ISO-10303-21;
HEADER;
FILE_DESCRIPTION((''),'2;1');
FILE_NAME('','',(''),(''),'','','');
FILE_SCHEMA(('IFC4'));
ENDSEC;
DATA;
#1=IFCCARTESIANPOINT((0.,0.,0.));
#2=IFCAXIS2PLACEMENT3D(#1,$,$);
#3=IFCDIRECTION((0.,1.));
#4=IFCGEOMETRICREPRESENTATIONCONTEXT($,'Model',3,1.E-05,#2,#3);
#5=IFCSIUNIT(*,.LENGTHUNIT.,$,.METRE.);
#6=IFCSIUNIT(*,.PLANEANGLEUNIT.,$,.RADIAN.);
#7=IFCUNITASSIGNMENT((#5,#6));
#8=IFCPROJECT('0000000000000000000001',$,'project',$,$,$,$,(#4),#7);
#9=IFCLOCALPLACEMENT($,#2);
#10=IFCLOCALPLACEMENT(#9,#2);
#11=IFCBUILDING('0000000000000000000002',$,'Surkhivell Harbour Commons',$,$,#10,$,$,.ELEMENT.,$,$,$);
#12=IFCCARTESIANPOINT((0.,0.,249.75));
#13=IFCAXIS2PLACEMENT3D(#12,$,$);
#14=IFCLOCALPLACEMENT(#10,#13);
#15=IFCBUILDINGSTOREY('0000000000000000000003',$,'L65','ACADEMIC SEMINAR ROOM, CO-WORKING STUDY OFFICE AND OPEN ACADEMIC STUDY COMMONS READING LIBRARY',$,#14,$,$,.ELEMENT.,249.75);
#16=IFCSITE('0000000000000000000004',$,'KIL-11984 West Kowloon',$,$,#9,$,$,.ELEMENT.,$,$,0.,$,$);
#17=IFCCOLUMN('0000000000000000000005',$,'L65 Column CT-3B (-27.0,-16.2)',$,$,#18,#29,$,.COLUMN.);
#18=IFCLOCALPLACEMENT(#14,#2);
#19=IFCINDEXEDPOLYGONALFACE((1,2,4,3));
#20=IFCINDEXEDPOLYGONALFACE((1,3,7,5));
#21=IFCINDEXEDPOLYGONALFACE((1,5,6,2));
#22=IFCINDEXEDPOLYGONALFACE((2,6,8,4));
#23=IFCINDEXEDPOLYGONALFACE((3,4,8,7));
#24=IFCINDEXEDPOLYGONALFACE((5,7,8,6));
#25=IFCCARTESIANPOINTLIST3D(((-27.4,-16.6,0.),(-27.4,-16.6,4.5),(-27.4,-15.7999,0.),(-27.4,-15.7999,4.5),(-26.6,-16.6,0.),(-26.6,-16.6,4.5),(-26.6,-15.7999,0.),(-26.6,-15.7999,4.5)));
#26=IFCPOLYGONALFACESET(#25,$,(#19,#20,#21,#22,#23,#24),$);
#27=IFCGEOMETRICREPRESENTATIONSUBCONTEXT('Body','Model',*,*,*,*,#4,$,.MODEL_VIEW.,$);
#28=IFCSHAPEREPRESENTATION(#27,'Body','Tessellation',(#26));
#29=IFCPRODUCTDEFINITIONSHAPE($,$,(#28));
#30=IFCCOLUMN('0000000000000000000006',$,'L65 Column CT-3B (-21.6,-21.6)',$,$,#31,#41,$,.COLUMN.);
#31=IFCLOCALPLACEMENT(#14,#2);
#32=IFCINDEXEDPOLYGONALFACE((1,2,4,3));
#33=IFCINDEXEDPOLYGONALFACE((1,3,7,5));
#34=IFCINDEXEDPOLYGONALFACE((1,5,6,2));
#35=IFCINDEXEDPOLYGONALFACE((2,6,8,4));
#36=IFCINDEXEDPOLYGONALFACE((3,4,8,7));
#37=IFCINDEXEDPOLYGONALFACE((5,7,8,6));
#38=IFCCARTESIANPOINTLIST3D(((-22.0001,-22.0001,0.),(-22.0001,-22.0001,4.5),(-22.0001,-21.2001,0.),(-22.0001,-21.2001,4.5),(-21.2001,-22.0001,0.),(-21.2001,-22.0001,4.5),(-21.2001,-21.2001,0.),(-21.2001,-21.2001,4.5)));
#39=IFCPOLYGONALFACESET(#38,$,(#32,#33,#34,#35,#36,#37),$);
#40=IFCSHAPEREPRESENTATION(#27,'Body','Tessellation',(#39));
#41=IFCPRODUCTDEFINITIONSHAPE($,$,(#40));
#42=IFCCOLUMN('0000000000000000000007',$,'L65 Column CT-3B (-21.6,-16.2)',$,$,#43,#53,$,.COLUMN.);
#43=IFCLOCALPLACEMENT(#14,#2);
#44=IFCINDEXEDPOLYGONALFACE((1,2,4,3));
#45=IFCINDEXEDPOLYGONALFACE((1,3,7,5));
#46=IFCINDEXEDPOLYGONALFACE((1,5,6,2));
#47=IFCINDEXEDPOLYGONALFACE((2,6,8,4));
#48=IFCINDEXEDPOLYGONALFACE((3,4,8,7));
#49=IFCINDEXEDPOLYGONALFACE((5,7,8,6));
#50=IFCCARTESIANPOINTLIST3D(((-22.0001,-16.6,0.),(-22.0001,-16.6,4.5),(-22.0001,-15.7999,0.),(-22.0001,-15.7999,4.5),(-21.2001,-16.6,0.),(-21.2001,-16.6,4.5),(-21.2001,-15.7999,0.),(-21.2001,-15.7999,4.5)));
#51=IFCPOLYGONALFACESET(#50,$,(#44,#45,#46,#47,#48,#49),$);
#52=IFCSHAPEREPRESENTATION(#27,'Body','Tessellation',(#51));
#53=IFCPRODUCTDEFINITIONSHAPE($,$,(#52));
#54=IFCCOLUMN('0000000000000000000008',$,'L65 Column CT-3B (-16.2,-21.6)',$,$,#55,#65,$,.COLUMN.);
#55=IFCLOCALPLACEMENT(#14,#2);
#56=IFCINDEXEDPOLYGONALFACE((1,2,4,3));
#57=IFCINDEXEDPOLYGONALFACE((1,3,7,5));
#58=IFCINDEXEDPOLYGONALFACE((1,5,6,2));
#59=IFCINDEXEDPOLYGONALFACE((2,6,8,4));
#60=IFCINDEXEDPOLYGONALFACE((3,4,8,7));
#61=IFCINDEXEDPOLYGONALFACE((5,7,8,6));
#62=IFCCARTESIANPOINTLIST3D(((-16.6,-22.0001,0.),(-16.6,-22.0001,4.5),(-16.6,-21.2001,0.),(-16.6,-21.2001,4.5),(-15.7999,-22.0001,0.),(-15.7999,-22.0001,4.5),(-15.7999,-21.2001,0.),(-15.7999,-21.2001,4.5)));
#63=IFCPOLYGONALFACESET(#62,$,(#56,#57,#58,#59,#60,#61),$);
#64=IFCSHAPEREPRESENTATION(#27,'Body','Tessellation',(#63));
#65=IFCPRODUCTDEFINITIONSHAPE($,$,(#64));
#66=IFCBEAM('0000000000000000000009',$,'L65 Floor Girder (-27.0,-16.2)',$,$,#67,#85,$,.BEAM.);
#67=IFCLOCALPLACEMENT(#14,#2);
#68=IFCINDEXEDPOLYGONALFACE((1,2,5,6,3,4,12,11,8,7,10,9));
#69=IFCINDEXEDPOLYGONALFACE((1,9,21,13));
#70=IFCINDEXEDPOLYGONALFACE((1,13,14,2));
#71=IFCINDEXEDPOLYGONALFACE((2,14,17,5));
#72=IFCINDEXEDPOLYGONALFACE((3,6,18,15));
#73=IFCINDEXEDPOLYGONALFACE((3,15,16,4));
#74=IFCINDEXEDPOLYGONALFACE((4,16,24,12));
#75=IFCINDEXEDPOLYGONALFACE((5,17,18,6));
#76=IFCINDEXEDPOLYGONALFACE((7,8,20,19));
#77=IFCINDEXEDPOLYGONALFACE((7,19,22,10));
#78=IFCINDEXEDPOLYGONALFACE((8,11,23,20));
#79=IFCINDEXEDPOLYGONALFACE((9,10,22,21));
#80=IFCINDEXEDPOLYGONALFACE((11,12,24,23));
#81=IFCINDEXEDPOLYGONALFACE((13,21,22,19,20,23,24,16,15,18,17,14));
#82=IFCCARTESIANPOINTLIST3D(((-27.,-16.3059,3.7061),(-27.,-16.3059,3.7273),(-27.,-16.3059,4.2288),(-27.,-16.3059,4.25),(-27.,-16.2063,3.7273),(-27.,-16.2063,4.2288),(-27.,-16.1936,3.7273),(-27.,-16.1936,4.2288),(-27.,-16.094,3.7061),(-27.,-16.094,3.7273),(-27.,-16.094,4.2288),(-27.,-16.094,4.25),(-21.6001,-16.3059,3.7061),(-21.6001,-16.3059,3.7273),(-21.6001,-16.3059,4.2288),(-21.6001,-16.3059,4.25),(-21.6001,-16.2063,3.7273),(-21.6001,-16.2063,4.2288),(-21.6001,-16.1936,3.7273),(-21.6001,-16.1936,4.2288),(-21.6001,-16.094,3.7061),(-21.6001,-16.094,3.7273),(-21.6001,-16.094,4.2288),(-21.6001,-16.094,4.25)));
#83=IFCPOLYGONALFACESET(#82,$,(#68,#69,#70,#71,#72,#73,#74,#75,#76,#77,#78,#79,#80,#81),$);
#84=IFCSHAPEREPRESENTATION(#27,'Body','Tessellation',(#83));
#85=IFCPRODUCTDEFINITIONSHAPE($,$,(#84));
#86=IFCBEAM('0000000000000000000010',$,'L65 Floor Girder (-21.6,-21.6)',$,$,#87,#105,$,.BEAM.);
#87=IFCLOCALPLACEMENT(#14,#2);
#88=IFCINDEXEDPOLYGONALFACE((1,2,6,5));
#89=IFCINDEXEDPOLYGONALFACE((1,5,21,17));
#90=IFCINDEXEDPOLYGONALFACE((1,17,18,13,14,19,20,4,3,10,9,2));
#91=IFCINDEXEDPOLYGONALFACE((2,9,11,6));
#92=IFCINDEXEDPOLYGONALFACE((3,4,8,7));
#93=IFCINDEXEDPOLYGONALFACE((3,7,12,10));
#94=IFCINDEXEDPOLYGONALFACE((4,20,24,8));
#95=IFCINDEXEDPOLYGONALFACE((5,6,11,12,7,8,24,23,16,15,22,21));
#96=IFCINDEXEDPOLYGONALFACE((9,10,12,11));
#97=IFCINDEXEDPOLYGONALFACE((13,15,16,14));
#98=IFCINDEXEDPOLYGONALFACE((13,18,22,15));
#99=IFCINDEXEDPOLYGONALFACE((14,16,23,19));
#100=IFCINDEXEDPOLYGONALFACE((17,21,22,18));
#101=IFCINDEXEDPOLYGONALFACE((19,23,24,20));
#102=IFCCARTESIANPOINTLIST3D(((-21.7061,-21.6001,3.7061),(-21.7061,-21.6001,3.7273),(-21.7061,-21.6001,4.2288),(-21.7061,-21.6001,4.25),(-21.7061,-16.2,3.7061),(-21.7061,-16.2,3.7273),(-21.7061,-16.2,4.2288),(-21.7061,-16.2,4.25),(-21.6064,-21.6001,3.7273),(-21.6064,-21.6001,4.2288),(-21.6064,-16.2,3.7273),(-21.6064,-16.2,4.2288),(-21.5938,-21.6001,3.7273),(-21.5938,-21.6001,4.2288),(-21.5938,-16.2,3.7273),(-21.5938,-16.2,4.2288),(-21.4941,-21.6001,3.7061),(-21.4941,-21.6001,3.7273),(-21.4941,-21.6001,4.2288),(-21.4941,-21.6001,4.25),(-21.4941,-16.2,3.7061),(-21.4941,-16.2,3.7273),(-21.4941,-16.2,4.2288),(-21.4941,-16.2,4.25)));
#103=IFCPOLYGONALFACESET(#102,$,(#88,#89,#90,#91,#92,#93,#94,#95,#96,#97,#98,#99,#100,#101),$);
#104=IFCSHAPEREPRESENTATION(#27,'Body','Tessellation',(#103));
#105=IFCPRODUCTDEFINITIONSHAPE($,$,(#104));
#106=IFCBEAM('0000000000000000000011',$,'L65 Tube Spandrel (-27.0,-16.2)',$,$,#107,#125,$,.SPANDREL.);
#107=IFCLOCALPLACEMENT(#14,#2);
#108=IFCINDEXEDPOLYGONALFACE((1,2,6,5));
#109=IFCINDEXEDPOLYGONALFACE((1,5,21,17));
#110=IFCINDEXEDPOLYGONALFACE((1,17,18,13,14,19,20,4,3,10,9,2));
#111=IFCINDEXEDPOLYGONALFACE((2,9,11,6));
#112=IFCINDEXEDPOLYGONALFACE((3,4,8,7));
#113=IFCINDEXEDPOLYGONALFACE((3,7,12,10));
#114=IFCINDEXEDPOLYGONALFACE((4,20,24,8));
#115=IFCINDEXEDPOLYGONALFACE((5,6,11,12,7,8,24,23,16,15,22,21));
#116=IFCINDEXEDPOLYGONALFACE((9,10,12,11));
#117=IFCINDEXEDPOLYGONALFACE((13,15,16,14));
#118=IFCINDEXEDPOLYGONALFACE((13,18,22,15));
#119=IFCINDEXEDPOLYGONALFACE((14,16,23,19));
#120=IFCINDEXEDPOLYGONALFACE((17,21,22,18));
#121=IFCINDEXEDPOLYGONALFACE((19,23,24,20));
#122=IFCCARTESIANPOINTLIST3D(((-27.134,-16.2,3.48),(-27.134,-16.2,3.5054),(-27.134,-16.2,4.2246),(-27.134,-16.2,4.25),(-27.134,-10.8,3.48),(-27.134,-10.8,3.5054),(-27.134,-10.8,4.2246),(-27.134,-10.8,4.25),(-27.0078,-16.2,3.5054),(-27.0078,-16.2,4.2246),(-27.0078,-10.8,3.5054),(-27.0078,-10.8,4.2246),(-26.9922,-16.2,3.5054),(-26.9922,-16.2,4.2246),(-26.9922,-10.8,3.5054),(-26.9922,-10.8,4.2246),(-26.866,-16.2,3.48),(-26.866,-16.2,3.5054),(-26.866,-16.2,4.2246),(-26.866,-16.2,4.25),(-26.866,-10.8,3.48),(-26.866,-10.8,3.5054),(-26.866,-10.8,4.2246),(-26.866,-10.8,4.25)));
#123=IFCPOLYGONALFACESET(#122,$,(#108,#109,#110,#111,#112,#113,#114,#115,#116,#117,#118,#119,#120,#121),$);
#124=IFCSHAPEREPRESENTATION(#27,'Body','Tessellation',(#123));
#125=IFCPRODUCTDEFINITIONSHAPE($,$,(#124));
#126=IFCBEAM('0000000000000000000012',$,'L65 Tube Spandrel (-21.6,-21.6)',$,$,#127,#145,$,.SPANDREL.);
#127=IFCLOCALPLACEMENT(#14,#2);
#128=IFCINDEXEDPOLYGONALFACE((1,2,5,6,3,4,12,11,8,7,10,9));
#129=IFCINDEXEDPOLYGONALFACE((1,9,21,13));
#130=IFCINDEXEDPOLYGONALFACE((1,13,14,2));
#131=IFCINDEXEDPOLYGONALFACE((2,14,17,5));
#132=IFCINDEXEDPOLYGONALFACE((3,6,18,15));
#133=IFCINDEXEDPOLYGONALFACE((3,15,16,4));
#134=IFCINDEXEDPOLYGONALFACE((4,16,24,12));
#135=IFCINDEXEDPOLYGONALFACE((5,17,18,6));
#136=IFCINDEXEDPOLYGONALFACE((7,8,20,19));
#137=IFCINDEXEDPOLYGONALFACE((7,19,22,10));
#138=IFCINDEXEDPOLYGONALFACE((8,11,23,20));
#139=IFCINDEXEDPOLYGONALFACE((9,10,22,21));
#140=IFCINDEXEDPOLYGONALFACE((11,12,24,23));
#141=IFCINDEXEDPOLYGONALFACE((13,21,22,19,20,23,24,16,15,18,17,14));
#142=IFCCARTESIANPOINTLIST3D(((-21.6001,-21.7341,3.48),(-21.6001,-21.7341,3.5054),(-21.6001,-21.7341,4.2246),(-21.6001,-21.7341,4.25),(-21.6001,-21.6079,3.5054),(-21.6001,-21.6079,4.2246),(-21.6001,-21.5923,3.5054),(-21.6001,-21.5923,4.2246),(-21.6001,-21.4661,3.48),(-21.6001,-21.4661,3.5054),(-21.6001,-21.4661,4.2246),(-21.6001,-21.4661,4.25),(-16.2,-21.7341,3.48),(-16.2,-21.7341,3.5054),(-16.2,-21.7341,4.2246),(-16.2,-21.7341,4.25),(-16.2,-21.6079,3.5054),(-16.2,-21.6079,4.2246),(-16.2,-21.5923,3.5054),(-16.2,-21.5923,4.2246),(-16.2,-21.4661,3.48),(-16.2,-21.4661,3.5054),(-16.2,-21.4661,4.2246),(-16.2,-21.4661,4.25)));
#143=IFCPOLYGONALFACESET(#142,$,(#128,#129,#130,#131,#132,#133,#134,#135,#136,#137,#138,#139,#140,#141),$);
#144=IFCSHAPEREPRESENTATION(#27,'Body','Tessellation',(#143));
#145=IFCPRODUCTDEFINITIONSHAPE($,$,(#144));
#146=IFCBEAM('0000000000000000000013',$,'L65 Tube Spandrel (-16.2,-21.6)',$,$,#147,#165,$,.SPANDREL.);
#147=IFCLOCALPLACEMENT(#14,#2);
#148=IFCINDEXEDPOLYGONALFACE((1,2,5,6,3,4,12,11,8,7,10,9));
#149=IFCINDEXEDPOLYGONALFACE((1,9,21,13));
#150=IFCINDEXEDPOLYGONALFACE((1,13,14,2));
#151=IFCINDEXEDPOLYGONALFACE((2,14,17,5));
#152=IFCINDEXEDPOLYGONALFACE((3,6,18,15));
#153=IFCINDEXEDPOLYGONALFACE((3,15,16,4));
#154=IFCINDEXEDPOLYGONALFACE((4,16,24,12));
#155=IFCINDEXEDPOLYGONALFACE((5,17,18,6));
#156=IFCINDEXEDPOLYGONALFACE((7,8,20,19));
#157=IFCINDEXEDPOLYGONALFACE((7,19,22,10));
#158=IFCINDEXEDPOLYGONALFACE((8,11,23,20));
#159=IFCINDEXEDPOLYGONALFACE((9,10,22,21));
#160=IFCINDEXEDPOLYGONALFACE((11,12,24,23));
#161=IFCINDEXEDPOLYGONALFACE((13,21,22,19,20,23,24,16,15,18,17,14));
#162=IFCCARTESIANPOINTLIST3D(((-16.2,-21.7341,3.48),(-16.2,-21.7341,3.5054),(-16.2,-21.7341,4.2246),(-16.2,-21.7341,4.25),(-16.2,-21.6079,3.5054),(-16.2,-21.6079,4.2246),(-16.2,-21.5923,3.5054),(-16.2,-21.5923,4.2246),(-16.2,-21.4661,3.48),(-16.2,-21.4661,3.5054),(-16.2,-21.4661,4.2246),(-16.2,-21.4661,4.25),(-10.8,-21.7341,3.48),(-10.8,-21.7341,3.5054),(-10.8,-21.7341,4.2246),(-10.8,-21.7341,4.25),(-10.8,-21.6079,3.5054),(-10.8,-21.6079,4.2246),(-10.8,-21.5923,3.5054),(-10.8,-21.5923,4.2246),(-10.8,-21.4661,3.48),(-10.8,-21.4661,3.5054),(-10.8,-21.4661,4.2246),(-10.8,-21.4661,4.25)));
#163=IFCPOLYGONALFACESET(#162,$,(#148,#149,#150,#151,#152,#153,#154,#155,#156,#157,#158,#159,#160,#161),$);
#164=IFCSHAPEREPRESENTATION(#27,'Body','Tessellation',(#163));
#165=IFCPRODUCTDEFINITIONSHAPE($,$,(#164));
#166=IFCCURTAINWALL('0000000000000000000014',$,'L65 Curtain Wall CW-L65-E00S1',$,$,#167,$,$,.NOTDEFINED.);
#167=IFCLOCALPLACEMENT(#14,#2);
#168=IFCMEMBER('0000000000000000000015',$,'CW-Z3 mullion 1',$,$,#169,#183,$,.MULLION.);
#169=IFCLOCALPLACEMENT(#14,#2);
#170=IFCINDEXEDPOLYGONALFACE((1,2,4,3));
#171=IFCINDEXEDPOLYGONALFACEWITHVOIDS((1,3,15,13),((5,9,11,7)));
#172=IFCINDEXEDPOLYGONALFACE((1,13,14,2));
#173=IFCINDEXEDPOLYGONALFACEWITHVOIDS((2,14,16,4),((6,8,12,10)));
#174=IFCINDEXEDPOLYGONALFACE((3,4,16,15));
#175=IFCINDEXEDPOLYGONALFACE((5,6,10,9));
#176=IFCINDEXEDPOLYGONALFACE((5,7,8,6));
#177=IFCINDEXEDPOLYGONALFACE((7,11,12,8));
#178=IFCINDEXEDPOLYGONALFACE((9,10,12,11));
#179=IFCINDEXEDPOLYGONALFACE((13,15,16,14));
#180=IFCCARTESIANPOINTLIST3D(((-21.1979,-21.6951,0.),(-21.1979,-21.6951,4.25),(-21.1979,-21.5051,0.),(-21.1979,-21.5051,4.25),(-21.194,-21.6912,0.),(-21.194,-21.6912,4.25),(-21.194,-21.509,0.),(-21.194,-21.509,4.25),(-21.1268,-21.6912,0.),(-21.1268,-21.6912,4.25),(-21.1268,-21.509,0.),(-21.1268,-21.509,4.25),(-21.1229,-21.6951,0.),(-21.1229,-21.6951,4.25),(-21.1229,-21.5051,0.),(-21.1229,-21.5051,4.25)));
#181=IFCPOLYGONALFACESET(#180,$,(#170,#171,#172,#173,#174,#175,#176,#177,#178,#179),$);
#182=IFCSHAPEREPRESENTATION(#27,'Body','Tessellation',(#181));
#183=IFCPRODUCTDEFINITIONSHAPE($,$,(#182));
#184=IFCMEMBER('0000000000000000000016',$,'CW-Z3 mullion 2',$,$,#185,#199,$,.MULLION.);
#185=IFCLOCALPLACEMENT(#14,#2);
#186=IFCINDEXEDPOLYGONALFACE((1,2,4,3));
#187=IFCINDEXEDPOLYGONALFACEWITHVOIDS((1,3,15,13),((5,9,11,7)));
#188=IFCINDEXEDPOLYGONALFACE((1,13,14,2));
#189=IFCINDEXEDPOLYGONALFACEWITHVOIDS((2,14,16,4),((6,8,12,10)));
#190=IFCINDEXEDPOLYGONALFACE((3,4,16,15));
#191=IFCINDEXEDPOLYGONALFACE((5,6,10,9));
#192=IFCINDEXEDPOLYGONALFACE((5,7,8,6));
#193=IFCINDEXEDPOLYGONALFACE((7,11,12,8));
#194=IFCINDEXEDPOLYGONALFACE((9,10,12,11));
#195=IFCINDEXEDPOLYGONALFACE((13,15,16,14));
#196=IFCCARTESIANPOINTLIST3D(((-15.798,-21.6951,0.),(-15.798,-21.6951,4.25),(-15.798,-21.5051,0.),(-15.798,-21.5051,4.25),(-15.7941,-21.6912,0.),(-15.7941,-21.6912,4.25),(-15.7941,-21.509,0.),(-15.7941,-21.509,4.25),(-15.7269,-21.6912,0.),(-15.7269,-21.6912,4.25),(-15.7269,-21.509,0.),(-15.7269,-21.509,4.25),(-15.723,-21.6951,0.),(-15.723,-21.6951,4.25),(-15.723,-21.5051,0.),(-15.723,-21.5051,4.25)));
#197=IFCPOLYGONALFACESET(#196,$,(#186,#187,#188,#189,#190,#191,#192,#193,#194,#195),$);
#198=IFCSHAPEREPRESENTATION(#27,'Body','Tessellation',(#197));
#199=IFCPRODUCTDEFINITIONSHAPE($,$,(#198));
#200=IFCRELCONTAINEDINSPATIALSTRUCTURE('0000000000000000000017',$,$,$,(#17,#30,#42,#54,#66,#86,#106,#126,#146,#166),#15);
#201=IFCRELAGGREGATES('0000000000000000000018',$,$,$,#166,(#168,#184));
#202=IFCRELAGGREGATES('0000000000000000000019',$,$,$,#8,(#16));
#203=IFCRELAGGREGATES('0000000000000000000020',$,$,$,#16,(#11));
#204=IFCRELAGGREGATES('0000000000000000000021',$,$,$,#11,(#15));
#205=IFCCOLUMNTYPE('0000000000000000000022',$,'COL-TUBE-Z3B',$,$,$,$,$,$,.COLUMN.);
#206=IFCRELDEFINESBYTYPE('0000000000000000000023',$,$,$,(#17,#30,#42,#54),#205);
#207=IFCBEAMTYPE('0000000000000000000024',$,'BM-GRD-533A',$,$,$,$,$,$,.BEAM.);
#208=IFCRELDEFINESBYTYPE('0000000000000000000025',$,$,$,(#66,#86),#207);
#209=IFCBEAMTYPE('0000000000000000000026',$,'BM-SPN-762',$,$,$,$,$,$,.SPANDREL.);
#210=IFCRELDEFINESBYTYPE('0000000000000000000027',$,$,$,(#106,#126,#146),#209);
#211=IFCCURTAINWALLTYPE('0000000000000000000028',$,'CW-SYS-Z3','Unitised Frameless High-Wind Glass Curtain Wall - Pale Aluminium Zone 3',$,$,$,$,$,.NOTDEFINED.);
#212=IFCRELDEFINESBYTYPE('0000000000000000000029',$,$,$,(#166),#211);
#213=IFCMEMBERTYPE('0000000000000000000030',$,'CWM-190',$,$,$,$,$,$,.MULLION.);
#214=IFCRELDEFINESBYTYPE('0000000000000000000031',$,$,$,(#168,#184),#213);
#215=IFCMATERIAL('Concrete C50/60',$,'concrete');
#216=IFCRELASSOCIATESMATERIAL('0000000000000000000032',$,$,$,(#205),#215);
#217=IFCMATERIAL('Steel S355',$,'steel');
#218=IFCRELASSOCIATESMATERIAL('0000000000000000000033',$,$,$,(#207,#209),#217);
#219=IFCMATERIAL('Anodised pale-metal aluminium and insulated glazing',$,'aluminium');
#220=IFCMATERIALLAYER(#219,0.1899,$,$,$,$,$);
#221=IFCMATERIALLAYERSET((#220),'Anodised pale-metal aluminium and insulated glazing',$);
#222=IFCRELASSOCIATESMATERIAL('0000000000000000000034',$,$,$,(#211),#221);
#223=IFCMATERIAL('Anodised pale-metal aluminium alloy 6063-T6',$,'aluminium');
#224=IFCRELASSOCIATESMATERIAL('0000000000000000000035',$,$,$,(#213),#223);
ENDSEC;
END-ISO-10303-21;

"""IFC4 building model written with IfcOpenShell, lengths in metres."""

from ifc_helpers import new_model, si_unit, direction, frame, origin, origin_2d, place, context, subcontext, project, spatial, rectangle, hollow_rectangle, i_section, extrude, material, layer, layer_set, material_profile, profile_set, type_object, element, aggregate, save


model = new_model("IFC4")

# Units and contexts
model_context = context("Model", 3, precision=1e-05, world=origin(), true_north=direction((0.0, 1.0)))
body_context = subcontext(model_context, "Body", "Model", "MODEL_VIEW")
ifc_project = project(units=[si_unit("LENGTHUNIT", "METRE"), si_unit("PLANEANGLEUNIT", "RADIAN")], contexts=[model_context])

# Site, building, storey
site_placement = place(None, origin())
site = spatial("IfcSite", under=ifc_project, at=site_placement, Name="KIL-11984 West Kowloon", CompositionType="ELEMENT", RefElevation=0.0)
building_placement = place(site_placement, origin())
building = spatial("IfcBuilding", under=site, at=building_placement, Name="Surkhivell Harbour Commons", CompositionType="ELEMENT")
storey_placement = place(building_placement, frame((0.0, 0.0, 249.75)))
storey = spatial("IfcBuildingStorey", under=building, at=storey_placement, Name="L65", Description="ACADEMIC SEMINAR ROOM, CO-WORKING STUDY OFFICE AND OPEN ACADEMIC STUDY COMMONS READING LIBRARY", CompositionType="ELEMENT", Elevation=249.75)

# Columns
ifc_material_1 = material(Name="Concrete C50/60", Category="concrete")
ifc_material_profile_1 = material_profile(ifc_material_1, rectangle(XDim=0.8, YDim=0.8, at=origin_2d()), Name="RC-COL-800x800")
ifc_profile_set_1 = profile_set([ifc_material_profile_1], Name="Concrete C50/60")
column_type = type_object("IfcColumnType", Name="COL-TUBE-Z3B", PredefinedType="COLUMN", material=ifc_profile_set_1)
for number, where, z_axis, x_axis, name in (
    (1, (-27.0, -16.2, 0.0), (0.0, 0.0, 1.0), (1.0, 0.0, 0.0), "L65 Column CT-3B (-27.0,-16.2)"),
    (2, (-21.6001, -21.6001, 0.0), (0.0, 0.0, 1.0), (1.0, 0.0, 0.0), "L65 Column CT-3B (-21.6,-21.6)"),
    (3, (-21.6001, -16.2, 0.0), (0.0, 0.0, 1.0), (1.0, 0.0, 0.0), "L65 Column CT-3B (-21.6,-16.2)"),
    (4, (-16.2, -21.6001, 0.0), (0.0, 0.0, 1.0), (1.0, 0.0, 0.0), "L65 Column CT-3B (-16.2,-21.6)"),
):
    element("IfcColumn", number, at=place(storey_placement, frame(where, z_axis=z_axis, x_axis=x_axis)), inside=storey, type_object=column_type, Name=name, PredefinedType="COLUMN", context=body_context, shape_type="SweptSolid", body=[
        extrude(rectangle(XDim=0.8, YDim=0.8, at=origin_2d()), origin(), (0.0, 0.0, 1.0), 4.5),
    ])

# Beams
ifc_material_2 = material(Name="Steel S355", Category="steel")
ifc_material_profile_2 = material_profile(ifc_material_2, i_section(OverallWidth=0.2119, OverallDepth=0.5439, WebThickness=0.0127, FlangeThickness=0.0212, at=origin_2d()), Name="UB533x210x122")
ifc_profile_set_2 = profile_set([ifc_material_profile_2], Name="Steel S355")
beam_type_1 = type_object("IfcBeamType", Name="BM-GRD-533A", PredefinedType="BEAM", material=ifc_profile_set_2)
beam_1_placement = place(storey_placement, frame((-27.0, -16.2, 3.978), z_axis=(1.0, 0.0, 0.0), x_axis=(0.0, 1.0, 0.0)))
element("IfcBeam", 5, at=beam_1_placement, inside=storey, type_object=beam_type_1, Name="L65 Floor Girder (-27.0,-16.2)", PredefinedType="BEAM", context=body_context, shape_type="SweptSolid", body=[
    extrude(i_section(OverallWidth=0.2119, OverallDepth=0.5439, WebThickness=0.0127, FlangeThickness=0.0212, at=origin_2d()), origin(), (0.0, 0.0, 1.0), 5.3999),
])
beam_2_placement = place(storey_placement, frame((-21.6001, -21.6001, 3.978), z_axis=(0.0, 1.0, 0.0), x_axis=(-1.0, 0.0, 0.0)))
element("IfcBeam", 6, at=beam_2_placement, inside=storey, type_object=beam_type_1, Name="L65 Floor Girder (-21.6,-21.6)", PredefinedType="BEAM", context=body_context, shape_type="SweptSolid", body=[
    extrude(i_section(OverallWidth=0.2119, OverallDepth=0.5439, WebThickness=0.0127, FlangeThickness=0.0212, at=origin_2d()), origin(), (0.0, 0.0, 1.0), 5.4001),
])
ifc_material_profile_3 = material_profile(ifc_material_2, i_section(OverallWidth=0.2681, OverallDepth=0.77, WebThickness=0.0156, FlangeThickness=0.0254, at=origin_2d()), Name="UB762x267x197")
ifc_profile_set_3 = profile_set([ifc_material_profile_3], Name="Steel S355")
beam_type_2 = type_object("IfcBeamType", Name="BM-SPN-762", PredefinedType="SPANDREL", material=ifc_profile_set_3)
beam_3_placement = place(storey_placement, frame((-27.0, -16.2, 3.865), z_axis=(0.0, 1.0, 0.0), x_axis=(-1.0, 0.0, 0.0)))
element("IfcBeam", 7, at=beam_3_placement, inside=storey, type_object=beam_type_2, Name="L65 Tube Spandrel (-27.0,-16.2)", PredefinedType="SPANDREL", context=body_context, shape_type="SweptSolid", body=[
    extrude(i_section(OverallWidth=0.2681, OverallDepth=0.77, WebThickness=0.0156, FlangeThickness=0.0254, at=origin_2d()), origin(), (0.0, 0.0, 1.0), 5.3999),
])
beam_4_placement = place(storey_placement, frame((-21.6001, -21.6001, 3.865), z_axis=(1.0, 0.0, 0.0), x_axis=(0.0, 1.0, 0.0)))
element("IfcBeam", 8, at=beam_4_placement, inside=storey, type_object=beam_type_2, Name="L65 Tube Spandrel (-21.6,-21.6)", PredefinedType="SPANDREL", context=body_context, shape_type="SweptSolid", body=[
    extrude(i_section(OverallWidth=0.2681, OverallDepth=0.77, WebThickness=0.0156, FlangeThickness=0.0254, at=origin_2d()), origin(), (0.0, 0.0, 1.0), 5.4001),
])
beam_5_placement = place(storey_placement, frame((-16.2, -21.6001, 3.865), z_axis=(1.0, 0.0, 0.0), x_axis=(0.0, 1.0, 0.0)))
element("IfcBeam", 9, at=beam_5_placement, inside=storey, type_object=beam_type_2, Name="L65 Tube Spandrel (-16.2,-21.6)", PredefinedType="SPANDREL", context=body_context, shape_type="SweptSolid", body=[
    extrude(i_section(OverallWidth=0.2681, OverallDepth=0.77, WebThickness=0.0156, FlangeThickness=0.0254, at=origin_2d()), origin(), (0.0, 0.0, 1.0), 5.3999),
])

# Curtain wall, members
ifc_material_3 = material(Name="Anodised pale-metal aluminium and insulated glazing", Category="aluminium")
ifc_layer_1 = layer(ifc_material_3, 0.1899)
ifc_layer_set_1 = layer_set([ifc_layer_1], Name="Anodised pale-metal aluminium and insulated glazing")
curtain_wall_type = type_object("IfcCurtainWallType", Name="CW-SYS-Z3", Description="Unitised Frameless High-Wind Glass Curtain Wall - Pale Aluminium Zone 3", PredefinedType="NOTDEFINED", material=ifc_layer_set_1)
curtain_wall_placement = place(storey_placement, origin())
curtain_wall = element("IfcCurtainWall", 10, at=curtain_wall_placement, inside=storey, type_object=curtain_wall_type, Name="L65 Curtain Wall CW-L65-E00S1", PredefinedType="NOTDEFINED")
ifc_material_4 = material(Name="Anodised pale-metal aluminium alloy 6063-T6", Category="aluminium")
ifc_material_profile_4 = material_profile(ifc_material_4, hollow_rectangle(XDim=0.075, YDim=0.1899, WallThickness=0.0039, at=origin_2d()), Name="ALU-MULL-75x190")
ifc_profile_set_4 = profile_set([ifc_material_profile_4], Name="Anodised pale-metal aluminium alloy 6063-T6")
member_type_1 = type_object("IfcMemberType", Name="CWM-190", PredefinedType="MULLION", material=ifc_profile_set_4)
member_1_placement = place(storey_placement, frame((-21.1604, -21.6001, 0.0), z_axis=(0.0, 0.0, 1.0), x_axis=(1.0, 0.0, 0.0)))
member_1 = element("IfcMember", 11, at=member_1_placement, type_object=member_type_1, Name="CW-Z3 mullion 1", PredefinedType="MULLION", context=body_context, shape_type="SweptSolid", body=[
    extrude(hollow_rectangle(XDim=0.075, YDim=0.1899, WallThickness=0.0039, at=origin_2d()), origin(), (0.0, 0.0, 1.0), 4.25),
])
member_2_placement = place(storey_placement, frame((-15.7605, -21.6001, 0.0), z_axis=(0.0, 0.0, 1.0), x_axis=(1.0, 0.0, 0.0)))
member_2 = element("IfcMember", 12, at=member_2_placement, type_object=member_type_1, Name="CW-Z3 mullion 2", PredefinedType="MULLION", context=body_context, shape_type="SweptSolid", body=[
    extrude(hollow_rectangle(XDim=0.075, YDim=0.1899, WallThickness=0.0039, at=origin_2d()), origin(), (0.0, 0.0, 1.0), 4.25),
])
aggregate(curtain_wall, [member_1, member_2])

save(model, "model.ifc")
